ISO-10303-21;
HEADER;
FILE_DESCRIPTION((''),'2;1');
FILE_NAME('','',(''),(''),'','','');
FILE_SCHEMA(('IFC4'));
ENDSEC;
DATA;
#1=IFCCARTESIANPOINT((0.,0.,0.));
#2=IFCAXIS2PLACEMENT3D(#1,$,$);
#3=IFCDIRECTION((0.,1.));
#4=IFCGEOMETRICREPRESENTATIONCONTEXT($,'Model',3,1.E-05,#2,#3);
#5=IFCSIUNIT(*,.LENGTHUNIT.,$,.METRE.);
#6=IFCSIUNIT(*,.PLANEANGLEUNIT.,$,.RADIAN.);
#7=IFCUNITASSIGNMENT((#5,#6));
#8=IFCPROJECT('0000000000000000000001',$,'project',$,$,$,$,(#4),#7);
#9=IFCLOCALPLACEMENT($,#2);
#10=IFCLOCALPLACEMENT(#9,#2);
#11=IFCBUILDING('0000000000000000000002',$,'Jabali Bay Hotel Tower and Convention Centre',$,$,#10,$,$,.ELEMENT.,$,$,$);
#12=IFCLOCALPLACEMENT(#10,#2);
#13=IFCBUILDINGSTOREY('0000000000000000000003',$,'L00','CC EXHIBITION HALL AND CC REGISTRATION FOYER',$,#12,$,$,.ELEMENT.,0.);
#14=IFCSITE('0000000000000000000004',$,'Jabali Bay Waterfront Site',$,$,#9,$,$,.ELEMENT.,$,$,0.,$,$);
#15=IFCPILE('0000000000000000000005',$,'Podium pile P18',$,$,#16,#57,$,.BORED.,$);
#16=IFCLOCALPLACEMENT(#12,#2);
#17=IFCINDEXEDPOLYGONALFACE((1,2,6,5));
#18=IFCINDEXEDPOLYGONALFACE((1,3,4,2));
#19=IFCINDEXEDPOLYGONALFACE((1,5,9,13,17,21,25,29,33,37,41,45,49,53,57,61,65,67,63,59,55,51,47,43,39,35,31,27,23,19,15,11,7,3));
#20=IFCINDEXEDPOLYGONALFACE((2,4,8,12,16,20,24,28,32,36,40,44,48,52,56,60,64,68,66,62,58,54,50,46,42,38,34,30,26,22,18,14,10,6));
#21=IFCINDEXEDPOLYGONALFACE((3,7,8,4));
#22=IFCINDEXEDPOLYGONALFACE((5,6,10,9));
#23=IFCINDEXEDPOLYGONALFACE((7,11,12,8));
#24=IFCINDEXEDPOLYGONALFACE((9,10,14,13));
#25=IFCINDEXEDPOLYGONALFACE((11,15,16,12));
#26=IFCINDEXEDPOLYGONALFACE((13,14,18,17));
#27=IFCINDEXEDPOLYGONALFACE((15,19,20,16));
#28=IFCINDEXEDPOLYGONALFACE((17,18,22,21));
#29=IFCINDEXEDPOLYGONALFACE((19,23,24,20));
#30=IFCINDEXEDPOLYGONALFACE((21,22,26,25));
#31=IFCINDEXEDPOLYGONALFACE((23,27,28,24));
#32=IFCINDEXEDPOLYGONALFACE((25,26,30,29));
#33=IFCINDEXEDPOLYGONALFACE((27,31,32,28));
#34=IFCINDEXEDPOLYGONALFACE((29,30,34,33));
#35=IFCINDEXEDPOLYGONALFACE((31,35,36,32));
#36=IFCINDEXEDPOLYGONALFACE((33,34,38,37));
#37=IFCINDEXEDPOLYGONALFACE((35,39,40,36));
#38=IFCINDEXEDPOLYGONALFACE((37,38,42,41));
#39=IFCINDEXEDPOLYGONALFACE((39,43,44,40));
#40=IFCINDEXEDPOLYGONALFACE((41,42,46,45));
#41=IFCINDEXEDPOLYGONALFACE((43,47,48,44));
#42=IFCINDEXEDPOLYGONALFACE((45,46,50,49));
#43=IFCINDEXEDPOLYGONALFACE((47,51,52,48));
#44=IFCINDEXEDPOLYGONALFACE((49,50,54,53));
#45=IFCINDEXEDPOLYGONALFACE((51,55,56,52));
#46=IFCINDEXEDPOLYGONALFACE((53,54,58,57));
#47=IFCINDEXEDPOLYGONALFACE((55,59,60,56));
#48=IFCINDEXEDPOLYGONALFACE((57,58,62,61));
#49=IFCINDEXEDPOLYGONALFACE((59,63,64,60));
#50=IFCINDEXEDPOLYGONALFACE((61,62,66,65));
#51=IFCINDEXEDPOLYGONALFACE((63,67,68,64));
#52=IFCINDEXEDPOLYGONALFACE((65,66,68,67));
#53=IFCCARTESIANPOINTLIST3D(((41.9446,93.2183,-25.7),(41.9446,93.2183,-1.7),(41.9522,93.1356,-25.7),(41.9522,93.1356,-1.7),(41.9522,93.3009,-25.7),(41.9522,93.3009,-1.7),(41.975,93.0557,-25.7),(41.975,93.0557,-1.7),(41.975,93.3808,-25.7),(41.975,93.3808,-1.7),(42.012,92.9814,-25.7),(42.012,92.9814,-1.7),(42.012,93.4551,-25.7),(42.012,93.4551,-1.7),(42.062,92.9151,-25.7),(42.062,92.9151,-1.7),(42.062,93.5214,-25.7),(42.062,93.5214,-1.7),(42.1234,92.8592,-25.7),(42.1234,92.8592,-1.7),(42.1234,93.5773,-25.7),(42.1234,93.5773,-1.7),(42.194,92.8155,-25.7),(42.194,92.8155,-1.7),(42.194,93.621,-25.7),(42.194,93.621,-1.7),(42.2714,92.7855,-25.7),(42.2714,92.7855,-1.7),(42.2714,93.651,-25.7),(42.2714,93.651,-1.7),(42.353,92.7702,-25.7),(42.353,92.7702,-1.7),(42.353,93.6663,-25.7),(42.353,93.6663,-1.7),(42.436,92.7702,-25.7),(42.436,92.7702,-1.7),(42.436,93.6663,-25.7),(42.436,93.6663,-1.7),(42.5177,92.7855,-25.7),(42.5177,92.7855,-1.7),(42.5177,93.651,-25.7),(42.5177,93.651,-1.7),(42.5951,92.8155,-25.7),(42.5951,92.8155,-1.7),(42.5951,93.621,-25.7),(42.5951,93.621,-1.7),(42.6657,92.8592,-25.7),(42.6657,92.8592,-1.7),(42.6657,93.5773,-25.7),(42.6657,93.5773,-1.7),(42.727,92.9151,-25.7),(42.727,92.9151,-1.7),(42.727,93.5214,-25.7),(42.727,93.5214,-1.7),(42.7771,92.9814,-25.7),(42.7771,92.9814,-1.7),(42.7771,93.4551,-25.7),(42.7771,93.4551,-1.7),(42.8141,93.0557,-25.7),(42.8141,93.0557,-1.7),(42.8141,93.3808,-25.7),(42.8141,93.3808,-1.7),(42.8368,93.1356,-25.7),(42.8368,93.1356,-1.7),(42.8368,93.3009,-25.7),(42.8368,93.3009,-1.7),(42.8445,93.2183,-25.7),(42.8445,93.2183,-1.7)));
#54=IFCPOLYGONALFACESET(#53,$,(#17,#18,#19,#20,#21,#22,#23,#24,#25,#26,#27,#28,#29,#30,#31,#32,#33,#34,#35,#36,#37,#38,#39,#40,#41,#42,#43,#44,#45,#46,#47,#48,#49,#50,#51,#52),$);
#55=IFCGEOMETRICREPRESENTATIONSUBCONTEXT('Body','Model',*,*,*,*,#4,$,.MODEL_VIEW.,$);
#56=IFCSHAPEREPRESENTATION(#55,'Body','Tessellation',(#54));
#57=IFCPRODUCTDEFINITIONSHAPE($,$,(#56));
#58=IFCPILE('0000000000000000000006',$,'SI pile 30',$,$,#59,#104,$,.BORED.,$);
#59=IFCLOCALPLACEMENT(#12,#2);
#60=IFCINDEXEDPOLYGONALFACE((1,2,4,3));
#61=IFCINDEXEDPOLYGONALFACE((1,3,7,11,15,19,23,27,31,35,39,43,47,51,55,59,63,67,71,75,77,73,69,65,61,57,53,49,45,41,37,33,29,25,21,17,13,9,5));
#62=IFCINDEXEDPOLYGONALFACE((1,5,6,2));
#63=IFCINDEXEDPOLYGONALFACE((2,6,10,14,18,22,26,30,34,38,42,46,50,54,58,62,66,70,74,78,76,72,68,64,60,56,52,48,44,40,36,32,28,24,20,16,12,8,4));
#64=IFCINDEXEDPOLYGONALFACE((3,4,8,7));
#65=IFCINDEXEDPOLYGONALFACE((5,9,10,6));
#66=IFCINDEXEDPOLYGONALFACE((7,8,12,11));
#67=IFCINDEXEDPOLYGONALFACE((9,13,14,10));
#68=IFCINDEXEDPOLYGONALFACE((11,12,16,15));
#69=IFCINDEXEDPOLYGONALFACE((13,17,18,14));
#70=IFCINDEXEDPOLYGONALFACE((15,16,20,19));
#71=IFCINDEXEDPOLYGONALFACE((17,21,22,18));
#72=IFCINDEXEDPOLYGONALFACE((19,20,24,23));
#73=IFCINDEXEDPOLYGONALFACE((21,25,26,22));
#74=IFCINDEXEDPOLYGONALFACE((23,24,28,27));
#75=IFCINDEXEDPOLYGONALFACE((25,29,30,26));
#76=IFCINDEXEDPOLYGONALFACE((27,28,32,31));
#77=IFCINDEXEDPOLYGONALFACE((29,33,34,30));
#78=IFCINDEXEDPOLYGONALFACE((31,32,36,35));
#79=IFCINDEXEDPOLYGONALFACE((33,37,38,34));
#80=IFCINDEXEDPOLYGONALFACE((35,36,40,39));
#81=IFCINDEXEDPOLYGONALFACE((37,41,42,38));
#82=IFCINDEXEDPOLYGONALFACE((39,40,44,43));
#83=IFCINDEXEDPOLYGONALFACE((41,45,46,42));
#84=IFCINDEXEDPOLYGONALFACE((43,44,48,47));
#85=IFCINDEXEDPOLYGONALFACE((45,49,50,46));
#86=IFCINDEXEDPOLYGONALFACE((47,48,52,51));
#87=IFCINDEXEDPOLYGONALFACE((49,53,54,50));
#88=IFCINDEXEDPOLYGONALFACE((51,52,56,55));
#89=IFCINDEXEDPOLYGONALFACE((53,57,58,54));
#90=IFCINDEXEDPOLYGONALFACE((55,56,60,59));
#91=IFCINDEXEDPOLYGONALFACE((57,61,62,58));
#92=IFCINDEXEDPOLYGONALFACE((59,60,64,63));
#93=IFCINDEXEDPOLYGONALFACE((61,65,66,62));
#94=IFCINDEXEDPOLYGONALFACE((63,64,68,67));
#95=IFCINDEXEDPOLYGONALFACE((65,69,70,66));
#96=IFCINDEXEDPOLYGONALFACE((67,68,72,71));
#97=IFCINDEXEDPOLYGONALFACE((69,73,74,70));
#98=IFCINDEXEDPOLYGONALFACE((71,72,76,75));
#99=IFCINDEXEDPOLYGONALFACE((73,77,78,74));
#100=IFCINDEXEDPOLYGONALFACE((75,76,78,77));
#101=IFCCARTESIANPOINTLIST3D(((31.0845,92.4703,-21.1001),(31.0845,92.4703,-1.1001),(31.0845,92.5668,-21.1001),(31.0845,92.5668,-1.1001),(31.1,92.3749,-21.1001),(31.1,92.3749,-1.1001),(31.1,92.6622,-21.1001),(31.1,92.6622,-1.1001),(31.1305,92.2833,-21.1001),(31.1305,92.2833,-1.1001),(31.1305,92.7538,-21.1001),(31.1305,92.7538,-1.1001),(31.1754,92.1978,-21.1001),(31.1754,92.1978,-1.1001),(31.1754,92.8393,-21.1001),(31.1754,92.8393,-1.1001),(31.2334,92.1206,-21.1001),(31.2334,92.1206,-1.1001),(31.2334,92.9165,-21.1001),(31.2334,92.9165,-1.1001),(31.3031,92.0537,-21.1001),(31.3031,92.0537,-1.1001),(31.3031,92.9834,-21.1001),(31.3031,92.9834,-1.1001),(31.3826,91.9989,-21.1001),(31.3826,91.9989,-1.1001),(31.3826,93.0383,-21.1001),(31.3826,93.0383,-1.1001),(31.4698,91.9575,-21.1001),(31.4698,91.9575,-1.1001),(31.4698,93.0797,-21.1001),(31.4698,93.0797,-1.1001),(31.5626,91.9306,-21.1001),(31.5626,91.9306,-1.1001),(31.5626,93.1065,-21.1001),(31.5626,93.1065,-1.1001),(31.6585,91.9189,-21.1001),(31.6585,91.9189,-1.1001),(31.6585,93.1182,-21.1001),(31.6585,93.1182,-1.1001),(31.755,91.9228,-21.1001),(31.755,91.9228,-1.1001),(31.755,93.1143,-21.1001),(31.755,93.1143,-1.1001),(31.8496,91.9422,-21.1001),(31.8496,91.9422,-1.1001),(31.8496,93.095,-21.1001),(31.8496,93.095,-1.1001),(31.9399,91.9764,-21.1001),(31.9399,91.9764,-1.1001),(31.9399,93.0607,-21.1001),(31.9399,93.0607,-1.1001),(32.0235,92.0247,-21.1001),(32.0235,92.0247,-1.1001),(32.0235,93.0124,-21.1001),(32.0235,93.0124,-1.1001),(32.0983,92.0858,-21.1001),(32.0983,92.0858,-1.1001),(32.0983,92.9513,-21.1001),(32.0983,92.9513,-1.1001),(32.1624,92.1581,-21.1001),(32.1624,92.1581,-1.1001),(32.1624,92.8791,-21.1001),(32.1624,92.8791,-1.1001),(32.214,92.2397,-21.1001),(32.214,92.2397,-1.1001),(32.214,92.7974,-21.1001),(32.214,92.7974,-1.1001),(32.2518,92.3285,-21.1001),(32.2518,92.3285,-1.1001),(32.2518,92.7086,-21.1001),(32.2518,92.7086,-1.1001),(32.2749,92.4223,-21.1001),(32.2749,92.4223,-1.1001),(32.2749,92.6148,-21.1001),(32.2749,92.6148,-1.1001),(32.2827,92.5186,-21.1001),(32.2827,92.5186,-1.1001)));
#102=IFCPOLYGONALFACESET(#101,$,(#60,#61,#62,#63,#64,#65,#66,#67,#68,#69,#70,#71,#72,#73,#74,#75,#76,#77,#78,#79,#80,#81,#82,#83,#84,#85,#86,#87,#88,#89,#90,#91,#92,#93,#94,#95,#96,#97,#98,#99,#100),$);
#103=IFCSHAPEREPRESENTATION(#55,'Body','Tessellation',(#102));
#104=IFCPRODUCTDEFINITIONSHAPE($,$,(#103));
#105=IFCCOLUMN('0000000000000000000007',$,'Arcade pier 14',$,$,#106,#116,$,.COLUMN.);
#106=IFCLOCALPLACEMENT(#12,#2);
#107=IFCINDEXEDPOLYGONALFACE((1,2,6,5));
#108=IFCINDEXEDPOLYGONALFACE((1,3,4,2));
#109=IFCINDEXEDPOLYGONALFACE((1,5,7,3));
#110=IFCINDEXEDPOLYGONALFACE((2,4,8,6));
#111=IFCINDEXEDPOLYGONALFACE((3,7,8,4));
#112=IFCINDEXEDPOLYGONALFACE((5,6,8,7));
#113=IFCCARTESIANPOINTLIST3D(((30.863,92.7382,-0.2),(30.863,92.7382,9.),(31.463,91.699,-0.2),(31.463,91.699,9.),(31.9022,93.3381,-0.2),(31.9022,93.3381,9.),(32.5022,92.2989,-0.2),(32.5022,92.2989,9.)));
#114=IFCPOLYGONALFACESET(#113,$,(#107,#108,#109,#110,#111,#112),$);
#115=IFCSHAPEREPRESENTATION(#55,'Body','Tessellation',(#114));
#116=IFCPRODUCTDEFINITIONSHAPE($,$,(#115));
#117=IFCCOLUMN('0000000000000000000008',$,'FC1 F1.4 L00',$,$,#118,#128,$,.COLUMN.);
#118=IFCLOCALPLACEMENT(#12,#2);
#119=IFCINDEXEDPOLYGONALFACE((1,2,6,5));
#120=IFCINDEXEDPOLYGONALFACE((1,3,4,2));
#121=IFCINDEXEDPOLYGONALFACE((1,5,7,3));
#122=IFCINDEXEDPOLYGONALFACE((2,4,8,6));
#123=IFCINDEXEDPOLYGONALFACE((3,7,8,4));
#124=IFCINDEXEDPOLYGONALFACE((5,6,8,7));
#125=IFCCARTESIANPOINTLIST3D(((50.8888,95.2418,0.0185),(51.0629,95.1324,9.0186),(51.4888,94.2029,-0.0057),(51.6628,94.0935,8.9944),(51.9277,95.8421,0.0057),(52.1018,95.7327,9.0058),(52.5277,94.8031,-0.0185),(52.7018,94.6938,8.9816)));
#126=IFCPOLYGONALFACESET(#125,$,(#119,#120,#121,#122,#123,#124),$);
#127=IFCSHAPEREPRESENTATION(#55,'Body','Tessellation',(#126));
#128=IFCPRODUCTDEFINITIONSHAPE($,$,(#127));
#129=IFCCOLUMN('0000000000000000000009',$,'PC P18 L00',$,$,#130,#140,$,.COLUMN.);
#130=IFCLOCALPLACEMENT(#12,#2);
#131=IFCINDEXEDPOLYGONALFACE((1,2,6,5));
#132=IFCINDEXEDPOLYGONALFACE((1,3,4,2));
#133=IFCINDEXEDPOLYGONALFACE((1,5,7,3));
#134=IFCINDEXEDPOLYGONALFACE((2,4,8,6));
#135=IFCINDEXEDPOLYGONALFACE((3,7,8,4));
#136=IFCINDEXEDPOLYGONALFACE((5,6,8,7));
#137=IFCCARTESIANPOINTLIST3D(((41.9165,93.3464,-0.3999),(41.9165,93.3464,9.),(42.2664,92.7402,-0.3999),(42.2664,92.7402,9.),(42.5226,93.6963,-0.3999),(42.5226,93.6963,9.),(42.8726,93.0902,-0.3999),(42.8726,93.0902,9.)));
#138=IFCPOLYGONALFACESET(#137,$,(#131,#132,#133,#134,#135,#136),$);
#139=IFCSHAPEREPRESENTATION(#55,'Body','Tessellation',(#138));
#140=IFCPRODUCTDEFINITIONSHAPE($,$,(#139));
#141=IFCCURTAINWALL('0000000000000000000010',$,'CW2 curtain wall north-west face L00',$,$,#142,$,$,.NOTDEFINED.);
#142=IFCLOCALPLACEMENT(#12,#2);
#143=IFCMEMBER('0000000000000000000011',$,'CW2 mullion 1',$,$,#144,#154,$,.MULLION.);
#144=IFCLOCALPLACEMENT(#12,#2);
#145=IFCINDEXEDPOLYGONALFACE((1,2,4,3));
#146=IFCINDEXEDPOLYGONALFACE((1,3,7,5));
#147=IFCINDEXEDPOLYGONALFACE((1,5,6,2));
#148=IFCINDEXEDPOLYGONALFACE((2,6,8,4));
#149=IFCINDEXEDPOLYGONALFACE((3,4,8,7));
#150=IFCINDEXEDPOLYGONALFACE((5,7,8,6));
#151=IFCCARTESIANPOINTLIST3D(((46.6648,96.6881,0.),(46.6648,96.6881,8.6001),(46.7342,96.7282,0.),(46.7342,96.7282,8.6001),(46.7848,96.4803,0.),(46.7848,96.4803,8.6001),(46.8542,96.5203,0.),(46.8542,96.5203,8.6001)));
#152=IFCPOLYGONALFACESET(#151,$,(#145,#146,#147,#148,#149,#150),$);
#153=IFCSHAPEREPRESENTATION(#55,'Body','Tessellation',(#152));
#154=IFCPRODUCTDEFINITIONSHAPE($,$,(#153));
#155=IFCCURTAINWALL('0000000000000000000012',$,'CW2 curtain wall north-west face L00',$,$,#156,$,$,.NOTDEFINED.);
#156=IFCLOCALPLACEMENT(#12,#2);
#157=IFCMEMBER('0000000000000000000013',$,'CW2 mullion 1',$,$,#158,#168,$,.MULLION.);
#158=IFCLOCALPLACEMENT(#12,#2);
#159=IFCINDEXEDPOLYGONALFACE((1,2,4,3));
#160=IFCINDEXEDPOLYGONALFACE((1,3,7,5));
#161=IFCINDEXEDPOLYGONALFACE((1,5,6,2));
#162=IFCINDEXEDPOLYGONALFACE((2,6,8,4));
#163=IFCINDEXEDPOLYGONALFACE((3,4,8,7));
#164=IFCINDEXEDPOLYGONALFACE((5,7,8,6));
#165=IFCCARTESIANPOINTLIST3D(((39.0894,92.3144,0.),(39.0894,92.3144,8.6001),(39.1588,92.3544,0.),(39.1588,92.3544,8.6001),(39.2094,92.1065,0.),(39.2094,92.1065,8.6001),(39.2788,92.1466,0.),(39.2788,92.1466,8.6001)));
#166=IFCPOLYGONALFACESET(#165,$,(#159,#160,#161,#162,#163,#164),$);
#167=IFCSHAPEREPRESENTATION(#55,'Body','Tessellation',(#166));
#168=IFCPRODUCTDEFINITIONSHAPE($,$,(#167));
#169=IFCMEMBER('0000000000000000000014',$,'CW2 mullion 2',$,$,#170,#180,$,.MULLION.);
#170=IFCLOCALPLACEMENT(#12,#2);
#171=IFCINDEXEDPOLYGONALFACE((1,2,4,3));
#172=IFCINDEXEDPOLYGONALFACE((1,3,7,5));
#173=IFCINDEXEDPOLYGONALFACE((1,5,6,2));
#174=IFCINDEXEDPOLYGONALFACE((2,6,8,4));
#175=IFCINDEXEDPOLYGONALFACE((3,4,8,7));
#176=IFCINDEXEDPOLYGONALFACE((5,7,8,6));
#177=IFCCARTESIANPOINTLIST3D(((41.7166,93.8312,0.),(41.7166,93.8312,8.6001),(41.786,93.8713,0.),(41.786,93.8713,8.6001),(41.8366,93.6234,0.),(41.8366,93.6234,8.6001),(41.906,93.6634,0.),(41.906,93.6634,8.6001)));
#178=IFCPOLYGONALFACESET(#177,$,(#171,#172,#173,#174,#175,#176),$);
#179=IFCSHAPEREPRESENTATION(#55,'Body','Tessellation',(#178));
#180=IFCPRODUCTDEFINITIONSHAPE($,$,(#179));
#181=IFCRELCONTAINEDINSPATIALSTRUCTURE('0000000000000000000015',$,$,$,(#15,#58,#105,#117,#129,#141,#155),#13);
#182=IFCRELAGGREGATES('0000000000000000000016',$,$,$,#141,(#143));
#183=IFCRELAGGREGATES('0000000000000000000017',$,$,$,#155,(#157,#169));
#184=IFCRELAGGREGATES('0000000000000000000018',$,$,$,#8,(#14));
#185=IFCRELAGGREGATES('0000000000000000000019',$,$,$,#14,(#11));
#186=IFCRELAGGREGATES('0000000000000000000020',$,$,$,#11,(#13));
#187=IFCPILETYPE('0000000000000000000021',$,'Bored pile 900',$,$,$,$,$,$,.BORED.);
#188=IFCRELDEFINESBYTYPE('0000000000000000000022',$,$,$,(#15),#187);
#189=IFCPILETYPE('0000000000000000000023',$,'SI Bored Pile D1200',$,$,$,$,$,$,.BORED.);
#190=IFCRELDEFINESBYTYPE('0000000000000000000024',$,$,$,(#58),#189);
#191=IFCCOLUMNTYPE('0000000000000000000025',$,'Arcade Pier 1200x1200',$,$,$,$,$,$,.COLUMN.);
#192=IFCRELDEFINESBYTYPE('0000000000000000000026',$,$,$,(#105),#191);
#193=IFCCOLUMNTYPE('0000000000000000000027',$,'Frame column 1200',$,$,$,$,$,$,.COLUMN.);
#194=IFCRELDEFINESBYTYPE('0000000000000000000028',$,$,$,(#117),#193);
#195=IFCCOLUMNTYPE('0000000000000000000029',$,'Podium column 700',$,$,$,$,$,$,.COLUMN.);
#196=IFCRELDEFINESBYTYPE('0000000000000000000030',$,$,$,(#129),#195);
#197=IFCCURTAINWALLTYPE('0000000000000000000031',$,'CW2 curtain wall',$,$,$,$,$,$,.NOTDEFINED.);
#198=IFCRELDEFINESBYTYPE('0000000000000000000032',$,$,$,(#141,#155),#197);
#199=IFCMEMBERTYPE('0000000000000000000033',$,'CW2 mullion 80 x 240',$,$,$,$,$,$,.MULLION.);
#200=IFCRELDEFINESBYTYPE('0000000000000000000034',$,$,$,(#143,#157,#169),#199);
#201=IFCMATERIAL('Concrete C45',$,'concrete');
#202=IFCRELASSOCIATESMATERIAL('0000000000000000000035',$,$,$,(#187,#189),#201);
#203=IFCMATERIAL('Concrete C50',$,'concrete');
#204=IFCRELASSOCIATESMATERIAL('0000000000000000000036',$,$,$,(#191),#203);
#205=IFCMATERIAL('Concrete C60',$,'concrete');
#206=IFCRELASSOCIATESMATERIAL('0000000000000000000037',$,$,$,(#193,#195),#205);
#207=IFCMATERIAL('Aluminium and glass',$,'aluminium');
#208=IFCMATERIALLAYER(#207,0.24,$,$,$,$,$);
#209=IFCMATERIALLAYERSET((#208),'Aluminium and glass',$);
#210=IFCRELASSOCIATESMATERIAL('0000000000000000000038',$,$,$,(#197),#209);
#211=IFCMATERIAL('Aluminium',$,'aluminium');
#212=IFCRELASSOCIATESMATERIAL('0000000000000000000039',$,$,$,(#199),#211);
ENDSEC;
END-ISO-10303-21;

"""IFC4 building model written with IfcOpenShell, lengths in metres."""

from ifc_helpers import new_model, si_unit, direction, frame, origin, origin_2d, place, context, subcontext, project, spatial, rectangle, circle, extrude, material, layer, layer_set, material_profile, profile_set, type_object, element, aggregate, save


model = new_model("IFC4")

# Units and contexts
model_context = context("Model", 3, precision=1e-05, world=origin(), true_north=direction((0.0, 1.0)))
body_context = subcontext(model_context, "Body", "Model", "MODEL_VIEW")
ifc_project = project(units=[si_unit("LENGTHUNIT", "METRE"), si_unit("PLANEANGLEUNIT", "RADIAN")], contexts=[model_context])

# Site, building, storey
site_placement = place(None, origin())
site = spatial("IfcSite", under=ifc_project, at=site_placement, Name="Jabali Bay Waterfront Site", CompositionType="ELEMENT", RefElevation=0.0)
building_placement = place(site_placement, origin())
building = spatial("IfcBuilding", under=site, at=building_placement, Name="Jabali Bay Hotel Tower and Convention Centre", CompositionType="ELEMENT")
storey_placement = place(building_placement, origin())
storey = spatial("IfcBuildingStorey", under=building, at=storey_placement, Name="L00", Description="CC EXHIBITION HALL AND CC REGISTRATION FOYER", CompositionType="ELEMENT", Elevation=0.0)

# Piles
ifc_material_1 = material(Name="Concrete C45", Category="concrete")
ifc_material_profile_1 = material_profile(ifc_material_1, circle(Radius=0.45, at=origin_2d()), Name="Bored pile 900")
ifc_profile_set_1 = profile_set([ifc_material_profile_1], Name="Concrete C45")
pile_type_1 = type_object("IfcPileType", Name="Bored pile 900", PredefinedType="BORED", material=ifc_profile_set_1)
pile_1_placement = place(storey_placement, frame((42.3945, 93.2183, -1.7), z_axis=(0.0, 0.0, -1.0), x_axis=(1.0, 0.0, 0.0)))
element("IfcPile", 1, at=pile_1_placement, inside=storey, type_object=pile_type_1, Name="Podium pile P18", PredefinedType="BORED", context=body_context, shape_type="SweptSolid", body=[
    extrude(circle(Radius=0.45, at=origin_2d()), origin(), (0.0, 0.0, 1.0), 24.0),
])
ifc_material_profile_2 = material_profile(ifc_material_1, circle(Radius=0.6001, at=origin_2d()), Name="D1200")
ifc_profile_set_2 = profile_set([ifc_material_profile_2], Name="Concrete C45")
pile_type_2 = type_object("IfcPileType", Name="SI Bored Pile D1200", PredefinedType="BORED", material=ifc_profile_set_2)
pile_2_placement = place(storey_placement, frame((31.6826, 92.5186, -1.1001), z_axis=(0.0, 0.0, -1.0), x_axis=(1.0, 0.0, 0.0)))
element("IfcPile", 2, at=pile_2_placement, inside=storey, type_object=pile_type_2, Name="SI pile 30", PredefinedType="BORED", context=body_context, shape_type="SweptSolid", body=[
    extrude(circle(Radius=0.6001, at=origin_2d()), origin(), (0.0, 0.0, 1.0), 20.0),
])

# Columns
ifc_material_2 = material(Name="Concrete C50", Category="concrete")
ifc_material_profile_3 = material_profile(ifc_material_2, rectangle(XDim=1.2, YDim=1.2, at=origin_2d()), Name="RC 1200x1200")
ifc_profile_set_3 = profile_set([ifc_material_profile_3], Name="Concrete C50")
column_type_1 = type_object("IfcColumnType", Name="Arcade Pier 1200x1200", PredefinedType="COLUMN", material=ifc_profile_set_3)
column_1_placement = place(storey_placement, frame((31.6826, 92.5186, -0.2), z_axis=(0.0, 0.0, 1.0), x_axis=(-0.866025, -0.5, 0.0)))
element("IfcColumn", 3, at=column_1_placement, inside=storey, type_object=column_type_1, Name="Arcade pier 14", PredefinedType="COLUMN", context=body_context, shape_type="SweptSolid", body=[
    extrude(rectangle(XDim=1.2, YDim=1.2, at=origin_2d()), origin(), (0.0, 0.0, 1.0), 9.2),
])
ifc_material_3 = material(Name="Concrete C60", Category="concrete")
ifc_material_profile_4 = material_profile(ifc_material_3, rectangle(XDim=1.2, YDim=1.2, at=origin_2d()), Name="Frame column 1200")
ifc_profile_set_4 = profile_set([ifc_material_profile_4], Name="Concrete C60")
column_type_2 = type_object("IfcColumnType", Name="Frame column 1200", PredefinedType="COLUMN", material=ifc_profile_set_4)
column_2_placement = place(storey_placement, frame((51.7083, 95.0225, 0.0), z_axis=(0.019336, -0.01215, 0.999739), x_axis=(-0.499995, 0.865793, 0.020192)))
element("IfcColumn", 4, at=column_2_placement, inside=storey, type_object=column_type_2, Name="FC1 F1.4 L00", PredefinedType="COLUMN", context=body_context, shape_type="SweptSolid", body=[
    extrude(rectangle(XDim=1.2, YDim=1.2, at=origin_2d()), origin(), (0.0, 0.0, 1.0), 9.0024),
])
ifc_material_profile_5 = material_profile(ifc_material_3, rectangle(XDim=0.7, YDim=0.7, at=origin_2d()), Name="Podium column 700")
ifc_profile_set_5 = profile_set([ifc_material_profile_5], Name="Concrete C60")
column_type_3 = type_object("IfcColumnType", Name="Podium column 700", PredefinedType="COLUMN", material=ifc_profile_set_5)
column_3_placement = place(storey_placement, frame((42.3945, 93.2183, -0.3999), z_axis=(0.0, 0.0, 1.0), x_axis=(0.866025, 0.5, 0.0)))
element("IfcColumn", 5, at=column_3_placement, inside=storey, type_object=column_type_3, Name="PC P18 L00", PredefinedType="COLUMN", context=body_context, shape_type="SweptSolid", body=[
    extrude(rectangle(XDim=0.7, YDim=0.7, at=origin_2d()), origin(), (0.0, 0.0, 1.0), 9.3999),
])

# Curtain wall, member
ifc_material_4 = material(Name="Aluminium and glass", Category="aluminium")
ifc_layer_1 = layer(ifc_material_4, 0.24)
ifc_layer_set_1 = layer_set([ifc_layer_1], Name="Aluminium and glass")
curtain_wall_type = type_object("IfcCurtainWallType", Name="CW2 curtain wall", PredefinedType="NOTDEFINED", material=ifc_layer_set_1)
curtain_wall_1_placement = place(storey_placement, origin())
curtain_wall_1 = element("IfcCurtainWall", 6, at=curtain_wall_1_placement, inside=storey, type_object=curtain_wall_type, Name="CW2 curtain wall north-west face L00", PredefinedType="NOTDEFINED")
ifc_material_5 = material(Name="Aluminium", Category="aluminium")
ifc_material_profile_6 = material_profile(ifc_material_5, rectangle(XDim=0.24, YDim=0.0801, at=origin_2d()), Name="CW2 mullion 80 x 240")
ifc_profile_set_6 = profile_set([ifc_material_profile_6], Name="Aluminium")
member_type_1 = type_object("IfcMemberType", Name="CW2 mullion 80 x 240", PredefinedType="MULLION", material=ifc_profile_set_6)
member_1_placement = place(storey_placement, frame((46.7595, 96.6042, 0.0), z_axis=(0.0, 0.0, 1.0), x_axis=(-0.5, 0.866025, 0.0)))
member_1 = element("IfcMember", 7, at=member_1_placement, type_object=member_type_1, Name="CW2 mullion 1", PredefinedType="MULLION", context=body_context, shape_type="SweptSolid", body=[
    extrude(rectangle(XDim=0.24, YDim=0.0801, at=origin_2d()), origin(), (0.0, 0.0, 1.0), 8.6001),
])

# Curtain wall, members
curtain_wall_2_placement = place(storey_placement, origin())
curtain_wall_2 = element("IfcCurtainWall", 8, at=curtain_wall_2_placement, inside=storey, type_object=curtain_wall_type, Name="CW2 curtain wall north-west face L00", PredefinedType="NOTDEFINED")
member_2_placement = place(storey_placement, frame((39.1841, 92.2305, 0.0), z_axis=(0.0, 0.0, 1.0), x_axis=(-0.5, 0.866025, 0.0)))
member_2 = element("IfcMember", 9, at=member_2_placement, type_object=member_type_1, Name="CW2 mullion 1", PredefinedType="MULLION", context=body_context, shape_type="SweptSolid", body=[
    extrude(rectangle(XDim=0.24, YDim=0.0801, at=origin_2d()), origin(), (0.0, 0.0, 1.0), 8.6001),
])
member_3_placement = place(storey_placement, frame((41.8113, 93.7473, 0.0), z_axis=(0.0, 0.0, 1.0), x_axis=(-0.5, 0.866025, 0.0)))
member_3 = element("IfcMember", 10, at=member_3_placement, type_object=member_type_1, Name="CW2 mullion 2", PredefinedType="MULLION", context=body_context, shape_type="SweptSolid", body=[
    extrude(rectangle(XDim=0.24, YDim=0.0801, at=origin_2d()), origin(), (0.0, 0.0, 1.0), 8.6001),
])

aggregate(curtain_wall_1, [member_1])
aggregate(curtain_wall_2, [member_2, member_3])

save(model, "model.ifc")
